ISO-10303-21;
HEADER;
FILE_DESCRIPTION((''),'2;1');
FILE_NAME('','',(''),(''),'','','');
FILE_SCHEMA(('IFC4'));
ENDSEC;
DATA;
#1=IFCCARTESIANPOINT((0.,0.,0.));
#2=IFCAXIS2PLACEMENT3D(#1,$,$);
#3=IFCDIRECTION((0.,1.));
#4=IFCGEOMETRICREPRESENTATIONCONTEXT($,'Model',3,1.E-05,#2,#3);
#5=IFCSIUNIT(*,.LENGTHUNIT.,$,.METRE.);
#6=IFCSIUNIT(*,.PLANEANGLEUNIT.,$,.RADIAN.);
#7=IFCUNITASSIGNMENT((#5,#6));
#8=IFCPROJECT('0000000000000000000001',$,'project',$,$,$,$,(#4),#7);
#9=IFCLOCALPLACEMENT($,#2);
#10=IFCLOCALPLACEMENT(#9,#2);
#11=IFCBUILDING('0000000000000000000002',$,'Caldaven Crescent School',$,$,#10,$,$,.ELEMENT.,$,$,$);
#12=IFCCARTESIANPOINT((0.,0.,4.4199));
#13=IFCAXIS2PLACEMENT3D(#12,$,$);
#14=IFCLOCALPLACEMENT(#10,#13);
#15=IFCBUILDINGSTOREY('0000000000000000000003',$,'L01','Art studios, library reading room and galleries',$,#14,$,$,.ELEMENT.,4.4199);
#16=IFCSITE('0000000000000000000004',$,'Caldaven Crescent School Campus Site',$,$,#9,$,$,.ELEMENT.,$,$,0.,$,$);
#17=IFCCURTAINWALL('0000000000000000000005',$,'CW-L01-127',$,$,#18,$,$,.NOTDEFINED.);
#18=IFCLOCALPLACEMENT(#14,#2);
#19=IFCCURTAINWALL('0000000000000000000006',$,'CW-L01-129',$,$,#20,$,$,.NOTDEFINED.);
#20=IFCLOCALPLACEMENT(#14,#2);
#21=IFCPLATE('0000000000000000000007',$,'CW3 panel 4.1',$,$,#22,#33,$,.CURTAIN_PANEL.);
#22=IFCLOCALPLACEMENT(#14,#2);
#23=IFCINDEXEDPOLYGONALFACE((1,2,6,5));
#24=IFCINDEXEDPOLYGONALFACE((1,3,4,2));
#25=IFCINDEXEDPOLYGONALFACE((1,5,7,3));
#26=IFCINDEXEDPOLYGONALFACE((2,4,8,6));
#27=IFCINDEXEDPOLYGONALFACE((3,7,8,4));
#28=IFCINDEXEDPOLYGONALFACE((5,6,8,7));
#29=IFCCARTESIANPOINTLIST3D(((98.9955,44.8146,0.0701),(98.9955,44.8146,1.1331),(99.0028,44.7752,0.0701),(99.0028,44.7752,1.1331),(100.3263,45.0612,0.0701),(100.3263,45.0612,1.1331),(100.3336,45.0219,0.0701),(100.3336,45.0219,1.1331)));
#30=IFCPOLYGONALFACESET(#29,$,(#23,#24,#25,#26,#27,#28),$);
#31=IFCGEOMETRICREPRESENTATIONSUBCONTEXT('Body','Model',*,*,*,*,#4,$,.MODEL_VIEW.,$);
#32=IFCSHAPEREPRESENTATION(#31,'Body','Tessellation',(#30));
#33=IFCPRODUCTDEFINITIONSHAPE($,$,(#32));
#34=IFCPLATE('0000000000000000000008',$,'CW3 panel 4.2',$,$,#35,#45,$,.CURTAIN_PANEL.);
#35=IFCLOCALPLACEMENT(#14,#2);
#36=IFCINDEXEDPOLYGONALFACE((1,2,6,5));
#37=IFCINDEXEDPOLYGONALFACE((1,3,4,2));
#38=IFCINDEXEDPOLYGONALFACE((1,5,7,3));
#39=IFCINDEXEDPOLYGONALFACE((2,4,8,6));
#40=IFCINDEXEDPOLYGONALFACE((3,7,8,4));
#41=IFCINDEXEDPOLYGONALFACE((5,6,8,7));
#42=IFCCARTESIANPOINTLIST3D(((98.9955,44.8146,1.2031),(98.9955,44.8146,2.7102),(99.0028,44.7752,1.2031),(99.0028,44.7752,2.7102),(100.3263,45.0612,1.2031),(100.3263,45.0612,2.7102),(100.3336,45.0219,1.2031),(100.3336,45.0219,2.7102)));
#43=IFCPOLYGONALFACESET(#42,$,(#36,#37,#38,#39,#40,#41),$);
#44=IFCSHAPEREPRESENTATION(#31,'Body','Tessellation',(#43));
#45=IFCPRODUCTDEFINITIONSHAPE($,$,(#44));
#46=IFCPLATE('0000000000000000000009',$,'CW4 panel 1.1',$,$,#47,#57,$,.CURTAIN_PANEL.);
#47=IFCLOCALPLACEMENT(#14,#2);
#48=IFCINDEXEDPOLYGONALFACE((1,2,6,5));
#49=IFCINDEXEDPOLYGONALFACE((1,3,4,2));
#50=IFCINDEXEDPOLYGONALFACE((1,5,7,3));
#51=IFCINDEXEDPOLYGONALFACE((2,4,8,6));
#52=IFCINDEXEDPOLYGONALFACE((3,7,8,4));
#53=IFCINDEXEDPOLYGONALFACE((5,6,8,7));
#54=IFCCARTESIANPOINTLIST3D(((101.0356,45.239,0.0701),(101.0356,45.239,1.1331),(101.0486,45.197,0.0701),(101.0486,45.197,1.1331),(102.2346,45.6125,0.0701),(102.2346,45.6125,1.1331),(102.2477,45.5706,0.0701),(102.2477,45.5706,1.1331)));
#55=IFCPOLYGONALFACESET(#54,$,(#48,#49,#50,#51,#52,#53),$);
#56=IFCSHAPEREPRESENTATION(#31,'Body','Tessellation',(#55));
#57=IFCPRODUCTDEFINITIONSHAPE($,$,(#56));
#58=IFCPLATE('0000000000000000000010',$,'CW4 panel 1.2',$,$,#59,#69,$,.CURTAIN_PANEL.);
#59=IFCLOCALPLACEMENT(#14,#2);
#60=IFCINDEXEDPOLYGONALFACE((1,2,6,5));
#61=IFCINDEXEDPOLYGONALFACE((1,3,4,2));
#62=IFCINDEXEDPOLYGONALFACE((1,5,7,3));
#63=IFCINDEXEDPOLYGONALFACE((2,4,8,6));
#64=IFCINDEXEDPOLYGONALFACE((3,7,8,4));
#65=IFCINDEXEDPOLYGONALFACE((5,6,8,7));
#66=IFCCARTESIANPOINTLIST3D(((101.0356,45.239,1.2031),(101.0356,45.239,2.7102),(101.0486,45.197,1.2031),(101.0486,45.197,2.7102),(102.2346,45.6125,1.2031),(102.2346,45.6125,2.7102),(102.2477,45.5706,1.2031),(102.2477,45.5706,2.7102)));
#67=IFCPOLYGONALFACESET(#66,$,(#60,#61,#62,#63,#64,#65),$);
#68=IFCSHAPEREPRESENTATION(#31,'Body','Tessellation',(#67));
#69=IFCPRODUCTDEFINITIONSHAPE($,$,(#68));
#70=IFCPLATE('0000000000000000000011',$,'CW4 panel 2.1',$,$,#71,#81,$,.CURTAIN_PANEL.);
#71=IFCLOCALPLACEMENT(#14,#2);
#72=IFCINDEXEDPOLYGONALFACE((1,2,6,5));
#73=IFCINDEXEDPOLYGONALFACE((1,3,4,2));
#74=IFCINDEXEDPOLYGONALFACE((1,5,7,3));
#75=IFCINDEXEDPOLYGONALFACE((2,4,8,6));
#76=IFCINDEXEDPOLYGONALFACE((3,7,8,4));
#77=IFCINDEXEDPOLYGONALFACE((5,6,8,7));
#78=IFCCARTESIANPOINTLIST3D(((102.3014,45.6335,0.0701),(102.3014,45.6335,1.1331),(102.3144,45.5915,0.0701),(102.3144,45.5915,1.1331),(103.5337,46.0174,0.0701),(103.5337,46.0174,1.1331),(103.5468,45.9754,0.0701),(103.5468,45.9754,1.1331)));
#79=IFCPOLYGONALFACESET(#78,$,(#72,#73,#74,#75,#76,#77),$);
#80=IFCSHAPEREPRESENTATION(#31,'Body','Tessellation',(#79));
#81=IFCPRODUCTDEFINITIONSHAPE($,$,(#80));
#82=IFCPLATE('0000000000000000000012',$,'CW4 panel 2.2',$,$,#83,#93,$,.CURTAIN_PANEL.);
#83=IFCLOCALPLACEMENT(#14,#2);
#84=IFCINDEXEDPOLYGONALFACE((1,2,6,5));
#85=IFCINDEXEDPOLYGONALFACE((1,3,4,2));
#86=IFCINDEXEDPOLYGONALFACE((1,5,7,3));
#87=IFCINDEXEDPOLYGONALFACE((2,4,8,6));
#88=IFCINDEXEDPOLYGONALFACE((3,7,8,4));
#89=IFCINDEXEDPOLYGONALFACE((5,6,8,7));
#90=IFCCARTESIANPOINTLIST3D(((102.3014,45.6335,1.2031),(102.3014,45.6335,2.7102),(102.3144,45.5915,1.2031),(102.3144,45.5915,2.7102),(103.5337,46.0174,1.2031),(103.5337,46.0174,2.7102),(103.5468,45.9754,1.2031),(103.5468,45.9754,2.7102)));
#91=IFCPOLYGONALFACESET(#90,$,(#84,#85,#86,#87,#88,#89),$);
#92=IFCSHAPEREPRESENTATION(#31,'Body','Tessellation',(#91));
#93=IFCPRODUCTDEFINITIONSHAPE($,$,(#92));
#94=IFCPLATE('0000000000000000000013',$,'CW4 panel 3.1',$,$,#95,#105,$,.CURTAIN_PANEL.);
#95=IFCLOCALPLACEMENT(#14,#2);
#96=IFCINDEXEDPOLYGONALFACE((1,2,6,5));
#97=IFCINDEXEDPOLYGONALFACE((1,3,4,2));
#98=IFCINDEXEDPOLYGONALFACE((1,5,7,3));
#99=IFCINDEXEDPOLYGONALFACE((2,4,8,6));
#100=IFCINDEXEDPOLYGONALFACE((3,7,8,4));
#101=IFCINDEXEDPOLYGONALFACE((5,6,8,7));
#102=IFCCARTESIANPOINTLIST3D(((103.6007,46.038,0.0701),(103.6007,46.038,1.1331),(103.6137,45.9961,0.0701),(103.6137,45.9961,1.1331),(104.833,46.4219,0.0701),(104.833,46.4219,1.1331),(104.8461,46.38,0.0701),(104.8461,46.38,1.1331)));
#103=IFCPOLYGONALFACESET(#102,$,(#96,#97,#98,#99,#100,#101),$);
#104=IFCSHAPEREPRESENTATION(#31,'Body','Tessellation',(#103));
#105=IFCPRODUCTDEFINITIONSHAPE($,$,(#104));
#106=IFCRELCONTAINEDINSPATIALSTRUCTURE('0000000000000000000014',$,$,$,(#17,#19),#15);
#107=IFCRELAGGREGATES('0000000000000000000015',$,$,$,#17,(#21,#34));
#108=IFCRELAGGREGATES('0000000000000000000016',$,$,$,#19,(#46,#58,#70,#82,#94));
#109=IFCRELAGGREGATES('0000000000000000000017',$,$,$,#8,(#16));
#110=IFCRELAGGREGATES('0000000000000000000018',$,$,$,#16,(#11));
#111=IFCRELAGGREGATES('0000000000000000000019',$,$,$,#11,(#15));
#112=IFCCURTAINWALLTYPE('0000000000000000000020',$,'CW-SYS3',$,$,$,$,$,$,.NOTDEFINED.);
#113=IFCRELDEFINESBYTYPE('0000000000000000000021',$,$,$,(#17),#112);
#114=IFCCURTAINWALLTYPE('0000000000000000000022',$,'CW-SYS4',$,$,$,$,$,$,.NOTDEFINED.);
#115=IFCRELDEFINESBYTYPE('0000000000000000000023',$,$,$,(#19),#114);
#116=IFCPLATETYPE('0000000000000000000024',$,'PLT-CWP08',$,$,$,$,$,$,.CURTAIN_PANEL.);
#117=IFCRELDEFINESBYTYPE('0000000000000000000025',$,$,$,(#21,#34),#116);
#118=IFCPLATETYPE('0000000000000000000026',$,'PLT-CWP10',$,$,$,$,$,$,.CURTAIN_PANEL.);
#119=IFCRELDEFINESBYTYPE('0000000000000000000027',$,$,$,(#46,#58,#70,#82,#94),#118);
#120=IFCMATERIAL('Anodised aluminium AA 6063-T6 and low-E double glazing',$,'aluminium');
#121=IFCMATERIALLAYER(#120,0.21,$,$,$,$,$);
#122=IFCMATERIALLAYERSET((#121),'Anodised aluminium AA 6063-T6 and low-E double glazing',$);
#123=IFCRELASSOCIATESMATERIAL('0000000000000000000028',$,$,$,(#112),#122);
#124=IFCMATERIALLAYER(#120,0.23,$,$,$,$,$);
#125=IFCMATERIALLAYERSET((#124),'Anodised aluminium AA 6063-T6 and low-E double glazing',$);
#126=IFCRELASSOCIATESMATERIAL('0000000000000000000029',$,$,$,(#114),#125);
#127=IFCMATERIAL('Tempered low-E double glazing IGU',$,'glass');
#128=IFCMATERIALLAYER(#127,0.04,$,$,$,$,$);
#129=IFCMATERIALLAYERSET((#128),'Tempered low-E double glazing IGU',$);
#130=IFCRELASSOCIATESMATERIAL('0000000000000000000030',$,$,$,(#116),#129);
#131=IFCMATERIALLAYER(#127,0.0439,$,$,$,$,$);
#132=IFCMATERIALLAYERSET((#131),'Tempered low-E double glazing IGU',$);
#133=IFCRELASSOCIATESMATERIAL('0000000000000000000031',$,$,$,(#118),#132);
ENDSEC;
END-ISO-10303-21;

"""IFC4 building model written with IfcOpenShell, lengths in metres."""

from ifc_helpers import new_model, si_unit, direction, frame, origin, origin_2d, place, context, subcontext, project, spatial, rectangle, extrude, material, layer, layer_set, type_object, element, aggregate, save


model = new_model("IFC4")

# Units and contexts
model_context = context("Model", 3, precision=1e-05, world=origin(), true_north=direction((0.0, 1.0)))
body_context = subcontext(model_context, "Body", "Model", "MODEL_VIEW")
ifc_project = project(units=[si_unit("LENGTHUNIT", "METRE"), si_unit("PLANEANGLEUNIT", "RADIAN")], contexts=[model_context])

# Site, building, storey
site_placement = place(None, origin())
site = spatial("IfcSite", under=ifc_project, at=site_placement, Name="Caldaven Crescent School Campus Site", CompositionType="ELEMENT", RefElevation=0.0)
building_placement = place(site_placement, origin())
building = spatial("IfcBuilding", under=site, at=building_placement, Name="Caldaven Crescent School", CompositionType="ELEMENT")
storey_placement = place(building_placement, frame((0.0, 0.0, 4.4199)))
storey = spatial("IfcBuildingStorey", under=building, at=storey_placement, Name="L01", Description="Art studios, library reading room and galleries", CompositionType="ELEMENT", Elevation=4.4199)

# Curtain walls
ifc_material_1 = material(Name="Anodised aluminium AA 6063-T6 and low-E double glazing", Category="aluminium")
ifc_layer_1 = layer(ifc_material_1, 0.21)
ifc_layer_set_1 = layer_set([ifc_layer_1], Name="Anodised aluminium AA 6063-T6 and low-E double glazing")
curtain_wall_type_1 = type_object("IfcCurtainWallType", Name="CW-SYS3", PredefinedType="NOTDEFINED", material=ifc_layer_set_1)
curtain_wall_1_placement = place(storey_placement, origin())
curtain_wall_1 = element("IfcCurtainWall", 1, at=curtain_wall_1_placement, inside=storey, type_object=curtain_wall_type_1, Name="CW-L01-127", PredefinedType="NOTDEFINED")
ifc_layer_2 = layer(ifc_material_1, 0.23)
ifc_layer_set_2 = layer_set([ifc_layer_2], Name="Anodised aluminium AA 6063-T6 and low-E double glazing")
curtain_wall_type_2 = type_object("IfcCurtainWallType", Name="CW-SYS4", PredefinedType="NOTDEFINED", material=ifc_layer_set_2)
curtain_wall_2_placement = place(storey_placement, origin())
curtain_wall_2 = element("IfcCurtainWall", 2, at=curtain_wall_2_placement, inside=storey, type_object=curtain_wall_type_2, Name="CW-L01-129", PredefinedType="NOTDEFINED")

# Plates
ifc_material_2 = material(Name="Tempered low-E double glazing IGU", Category="glass")
ifc_layer_3 = layer(ifc_material_2, 0.04)
ifc_layer_set_3 = layer_set([ifc_layer_3], Name="Tempered low-E double glazing IGU")
plate_type_1 = type_object("IfcPlateType", Name="PLT-CWP08", PredefinedType="CURTAIN_PANEL", material=ifc_layer_set_3)
plate_1_placement = place(storey_placement, frame((99.6646, 44.9182, 0.0701), z_axis=(0.0, 0.0, 1.0), x_axis=(0.983255, 0.182236, 0.0)))
plate_1 = element("IfcPlate", 3, at=plate_1_placement, type_object=plate_type_1, Name="CW3 panel 4.1", PredefinedType="CURTAIN_PANEL", context=body_context, shape_type="SweptSolid", body=[
    extrude(rectangle(XDim=1.3535, YDim=0.04, at=origin_2d()), origin(), (0.0, 0.0, 1.0), 1.063),
])
plate_2_placement = place(storey_placement, frame((99.6646, 44.9182, 1.2031), z_axis=(0.0, 0.0, 1.0), x_axis=(0.983255, 0.182236, 0.0)))
plate_2 = element("IfcPlate", 4, at=plate_2_placement, type_object=plate_type_1, Name="CW3 panel 4.2", PredefinedType="CURTAIN_PANEL", context=body_context, shape_type="SweptSolid", body=[
    extrude(rectangle(XDim=1.3535, YDim=0.04, at=origin_2d()), origin(), (0.0, 0.0, 1.0), 1.5071),
])
aggregate(curtain_wall_1, [plate_1, plate_2])
ifc_layer_4 = layer(ifc_material_2, 0.0439)
ifc_layer_set_4 = layer_set([ifc_layer_4], Name="Tempered low-E double glazing IGU")
plate_type_2 = type_object("IfcPlateType", Name="PLT-CWP10", PredefinedType="CURTAIN_PANEL", material=ifc_layer_set_4)
plate_3_placement = place(storey_placement, frame((101.6416, 45.4048, 0.0701), z_axis=(0.0, 0.0, 1.0), x_axis=(0.954747, 0.29742, 0.0)))
plate_3 = element("IfcPlate", 5, at=plate_3_placement, type_object=plate_type_2, Name="CW4 panel 1.1", PredefinedType="CURTAIN_PANEL", context=body_context, shape_type="SweptSolid", body=[
    extrude(rectangle(XDim=1.2559, YDim=0.0439, at=origin_2d()), origin(), (0.0, 0.0, 1.0), 1.063),
])
plate_4_placement = place(storey_placement, frame((101.6416, 45.4048, 1.2031), z_axis=(0.0, 0.0, 1.0), x_axis=(0.954747, 0.29742, 0.0)))
plate_4 = element("IfcPlate", 6, at=plate_4_placement, type_object=plate_type_2, Name="CW4 panel 1.2", PredefinedType="CURTAIN_PANEL", context=body_context, shape_type="SweptSolid", body=[
    extrude(rectangle(XDim=1.2559, YDim=0.0439, at=origin_2d()), origin(), (0.0, 0.0, 1.0), 1.5071),
])
plate_5_placement = place(storey_placement, frame((102.9241, 45.8044, 0.0701), z_axis=(0.0, 0.0, 1.0), x_axis=(0.954747, 0.29742, 0.0)))
plate_5 = element("IfcPlate", 7, at=plate_5_placement, type_object=plate_type_2, Name="CW4 panel 2.1", PredefinedType="CURTAIN_PANEL", context=body_context, shape_type="SweptSolid", body=[
    extrude(rectangle(XDim=1.2908, YDim=0.0439, at=origin_2d()), origin(), (0.0, 0.0, 1.0), 1.063),
])
plate_6_placement = place(storey_placement, frame((102.9241, 45.8044, 1.2031), z_axis=(0.0, 0.0, 1.0), x_axis=(0.954747, 0.29742, 0.0)))
plate_6 = element("IfcPlate", 8, at=plate_6_placement, type_object=plate_type_2, Name="CW4 panel 2.2", PredefinedType="CURTAIN_PANEL", context=body_context, shape_type="SweptSolid", body=[
    extrude(rectangle(XDim=1.2908, YDim=0.0439, at=origin_2d()), origin(), (0.0, 0.0, 1.0), 1.5071),
])
plate_7_placement = place(storey_placement, frame((104.2234, 46.209, 0.0701), z_axis=(0.0, 0.0, 1.0), x_axis=(0.954747, 0.29742, 0.0)))
plate_7 = element("IfcPlate", 9, at=plate_7_placement, type_object=plate_type_2, Name="CW4 panel 3.1", PredefinedType="CURTAIN_PANEL", context=body_context, shape_type="SweptSolid", body=[
    extrude(rectangle(XDim=1.2908, YDim=0.0439, at=origin_2d()), origin(), (0.0, 0.0, 1.0), 1.063),
])
aggregate(curtain_wall_2, [plate_3, plate_4, plate_5, plate_6, plate_7])

save(model, "model.ifc")
